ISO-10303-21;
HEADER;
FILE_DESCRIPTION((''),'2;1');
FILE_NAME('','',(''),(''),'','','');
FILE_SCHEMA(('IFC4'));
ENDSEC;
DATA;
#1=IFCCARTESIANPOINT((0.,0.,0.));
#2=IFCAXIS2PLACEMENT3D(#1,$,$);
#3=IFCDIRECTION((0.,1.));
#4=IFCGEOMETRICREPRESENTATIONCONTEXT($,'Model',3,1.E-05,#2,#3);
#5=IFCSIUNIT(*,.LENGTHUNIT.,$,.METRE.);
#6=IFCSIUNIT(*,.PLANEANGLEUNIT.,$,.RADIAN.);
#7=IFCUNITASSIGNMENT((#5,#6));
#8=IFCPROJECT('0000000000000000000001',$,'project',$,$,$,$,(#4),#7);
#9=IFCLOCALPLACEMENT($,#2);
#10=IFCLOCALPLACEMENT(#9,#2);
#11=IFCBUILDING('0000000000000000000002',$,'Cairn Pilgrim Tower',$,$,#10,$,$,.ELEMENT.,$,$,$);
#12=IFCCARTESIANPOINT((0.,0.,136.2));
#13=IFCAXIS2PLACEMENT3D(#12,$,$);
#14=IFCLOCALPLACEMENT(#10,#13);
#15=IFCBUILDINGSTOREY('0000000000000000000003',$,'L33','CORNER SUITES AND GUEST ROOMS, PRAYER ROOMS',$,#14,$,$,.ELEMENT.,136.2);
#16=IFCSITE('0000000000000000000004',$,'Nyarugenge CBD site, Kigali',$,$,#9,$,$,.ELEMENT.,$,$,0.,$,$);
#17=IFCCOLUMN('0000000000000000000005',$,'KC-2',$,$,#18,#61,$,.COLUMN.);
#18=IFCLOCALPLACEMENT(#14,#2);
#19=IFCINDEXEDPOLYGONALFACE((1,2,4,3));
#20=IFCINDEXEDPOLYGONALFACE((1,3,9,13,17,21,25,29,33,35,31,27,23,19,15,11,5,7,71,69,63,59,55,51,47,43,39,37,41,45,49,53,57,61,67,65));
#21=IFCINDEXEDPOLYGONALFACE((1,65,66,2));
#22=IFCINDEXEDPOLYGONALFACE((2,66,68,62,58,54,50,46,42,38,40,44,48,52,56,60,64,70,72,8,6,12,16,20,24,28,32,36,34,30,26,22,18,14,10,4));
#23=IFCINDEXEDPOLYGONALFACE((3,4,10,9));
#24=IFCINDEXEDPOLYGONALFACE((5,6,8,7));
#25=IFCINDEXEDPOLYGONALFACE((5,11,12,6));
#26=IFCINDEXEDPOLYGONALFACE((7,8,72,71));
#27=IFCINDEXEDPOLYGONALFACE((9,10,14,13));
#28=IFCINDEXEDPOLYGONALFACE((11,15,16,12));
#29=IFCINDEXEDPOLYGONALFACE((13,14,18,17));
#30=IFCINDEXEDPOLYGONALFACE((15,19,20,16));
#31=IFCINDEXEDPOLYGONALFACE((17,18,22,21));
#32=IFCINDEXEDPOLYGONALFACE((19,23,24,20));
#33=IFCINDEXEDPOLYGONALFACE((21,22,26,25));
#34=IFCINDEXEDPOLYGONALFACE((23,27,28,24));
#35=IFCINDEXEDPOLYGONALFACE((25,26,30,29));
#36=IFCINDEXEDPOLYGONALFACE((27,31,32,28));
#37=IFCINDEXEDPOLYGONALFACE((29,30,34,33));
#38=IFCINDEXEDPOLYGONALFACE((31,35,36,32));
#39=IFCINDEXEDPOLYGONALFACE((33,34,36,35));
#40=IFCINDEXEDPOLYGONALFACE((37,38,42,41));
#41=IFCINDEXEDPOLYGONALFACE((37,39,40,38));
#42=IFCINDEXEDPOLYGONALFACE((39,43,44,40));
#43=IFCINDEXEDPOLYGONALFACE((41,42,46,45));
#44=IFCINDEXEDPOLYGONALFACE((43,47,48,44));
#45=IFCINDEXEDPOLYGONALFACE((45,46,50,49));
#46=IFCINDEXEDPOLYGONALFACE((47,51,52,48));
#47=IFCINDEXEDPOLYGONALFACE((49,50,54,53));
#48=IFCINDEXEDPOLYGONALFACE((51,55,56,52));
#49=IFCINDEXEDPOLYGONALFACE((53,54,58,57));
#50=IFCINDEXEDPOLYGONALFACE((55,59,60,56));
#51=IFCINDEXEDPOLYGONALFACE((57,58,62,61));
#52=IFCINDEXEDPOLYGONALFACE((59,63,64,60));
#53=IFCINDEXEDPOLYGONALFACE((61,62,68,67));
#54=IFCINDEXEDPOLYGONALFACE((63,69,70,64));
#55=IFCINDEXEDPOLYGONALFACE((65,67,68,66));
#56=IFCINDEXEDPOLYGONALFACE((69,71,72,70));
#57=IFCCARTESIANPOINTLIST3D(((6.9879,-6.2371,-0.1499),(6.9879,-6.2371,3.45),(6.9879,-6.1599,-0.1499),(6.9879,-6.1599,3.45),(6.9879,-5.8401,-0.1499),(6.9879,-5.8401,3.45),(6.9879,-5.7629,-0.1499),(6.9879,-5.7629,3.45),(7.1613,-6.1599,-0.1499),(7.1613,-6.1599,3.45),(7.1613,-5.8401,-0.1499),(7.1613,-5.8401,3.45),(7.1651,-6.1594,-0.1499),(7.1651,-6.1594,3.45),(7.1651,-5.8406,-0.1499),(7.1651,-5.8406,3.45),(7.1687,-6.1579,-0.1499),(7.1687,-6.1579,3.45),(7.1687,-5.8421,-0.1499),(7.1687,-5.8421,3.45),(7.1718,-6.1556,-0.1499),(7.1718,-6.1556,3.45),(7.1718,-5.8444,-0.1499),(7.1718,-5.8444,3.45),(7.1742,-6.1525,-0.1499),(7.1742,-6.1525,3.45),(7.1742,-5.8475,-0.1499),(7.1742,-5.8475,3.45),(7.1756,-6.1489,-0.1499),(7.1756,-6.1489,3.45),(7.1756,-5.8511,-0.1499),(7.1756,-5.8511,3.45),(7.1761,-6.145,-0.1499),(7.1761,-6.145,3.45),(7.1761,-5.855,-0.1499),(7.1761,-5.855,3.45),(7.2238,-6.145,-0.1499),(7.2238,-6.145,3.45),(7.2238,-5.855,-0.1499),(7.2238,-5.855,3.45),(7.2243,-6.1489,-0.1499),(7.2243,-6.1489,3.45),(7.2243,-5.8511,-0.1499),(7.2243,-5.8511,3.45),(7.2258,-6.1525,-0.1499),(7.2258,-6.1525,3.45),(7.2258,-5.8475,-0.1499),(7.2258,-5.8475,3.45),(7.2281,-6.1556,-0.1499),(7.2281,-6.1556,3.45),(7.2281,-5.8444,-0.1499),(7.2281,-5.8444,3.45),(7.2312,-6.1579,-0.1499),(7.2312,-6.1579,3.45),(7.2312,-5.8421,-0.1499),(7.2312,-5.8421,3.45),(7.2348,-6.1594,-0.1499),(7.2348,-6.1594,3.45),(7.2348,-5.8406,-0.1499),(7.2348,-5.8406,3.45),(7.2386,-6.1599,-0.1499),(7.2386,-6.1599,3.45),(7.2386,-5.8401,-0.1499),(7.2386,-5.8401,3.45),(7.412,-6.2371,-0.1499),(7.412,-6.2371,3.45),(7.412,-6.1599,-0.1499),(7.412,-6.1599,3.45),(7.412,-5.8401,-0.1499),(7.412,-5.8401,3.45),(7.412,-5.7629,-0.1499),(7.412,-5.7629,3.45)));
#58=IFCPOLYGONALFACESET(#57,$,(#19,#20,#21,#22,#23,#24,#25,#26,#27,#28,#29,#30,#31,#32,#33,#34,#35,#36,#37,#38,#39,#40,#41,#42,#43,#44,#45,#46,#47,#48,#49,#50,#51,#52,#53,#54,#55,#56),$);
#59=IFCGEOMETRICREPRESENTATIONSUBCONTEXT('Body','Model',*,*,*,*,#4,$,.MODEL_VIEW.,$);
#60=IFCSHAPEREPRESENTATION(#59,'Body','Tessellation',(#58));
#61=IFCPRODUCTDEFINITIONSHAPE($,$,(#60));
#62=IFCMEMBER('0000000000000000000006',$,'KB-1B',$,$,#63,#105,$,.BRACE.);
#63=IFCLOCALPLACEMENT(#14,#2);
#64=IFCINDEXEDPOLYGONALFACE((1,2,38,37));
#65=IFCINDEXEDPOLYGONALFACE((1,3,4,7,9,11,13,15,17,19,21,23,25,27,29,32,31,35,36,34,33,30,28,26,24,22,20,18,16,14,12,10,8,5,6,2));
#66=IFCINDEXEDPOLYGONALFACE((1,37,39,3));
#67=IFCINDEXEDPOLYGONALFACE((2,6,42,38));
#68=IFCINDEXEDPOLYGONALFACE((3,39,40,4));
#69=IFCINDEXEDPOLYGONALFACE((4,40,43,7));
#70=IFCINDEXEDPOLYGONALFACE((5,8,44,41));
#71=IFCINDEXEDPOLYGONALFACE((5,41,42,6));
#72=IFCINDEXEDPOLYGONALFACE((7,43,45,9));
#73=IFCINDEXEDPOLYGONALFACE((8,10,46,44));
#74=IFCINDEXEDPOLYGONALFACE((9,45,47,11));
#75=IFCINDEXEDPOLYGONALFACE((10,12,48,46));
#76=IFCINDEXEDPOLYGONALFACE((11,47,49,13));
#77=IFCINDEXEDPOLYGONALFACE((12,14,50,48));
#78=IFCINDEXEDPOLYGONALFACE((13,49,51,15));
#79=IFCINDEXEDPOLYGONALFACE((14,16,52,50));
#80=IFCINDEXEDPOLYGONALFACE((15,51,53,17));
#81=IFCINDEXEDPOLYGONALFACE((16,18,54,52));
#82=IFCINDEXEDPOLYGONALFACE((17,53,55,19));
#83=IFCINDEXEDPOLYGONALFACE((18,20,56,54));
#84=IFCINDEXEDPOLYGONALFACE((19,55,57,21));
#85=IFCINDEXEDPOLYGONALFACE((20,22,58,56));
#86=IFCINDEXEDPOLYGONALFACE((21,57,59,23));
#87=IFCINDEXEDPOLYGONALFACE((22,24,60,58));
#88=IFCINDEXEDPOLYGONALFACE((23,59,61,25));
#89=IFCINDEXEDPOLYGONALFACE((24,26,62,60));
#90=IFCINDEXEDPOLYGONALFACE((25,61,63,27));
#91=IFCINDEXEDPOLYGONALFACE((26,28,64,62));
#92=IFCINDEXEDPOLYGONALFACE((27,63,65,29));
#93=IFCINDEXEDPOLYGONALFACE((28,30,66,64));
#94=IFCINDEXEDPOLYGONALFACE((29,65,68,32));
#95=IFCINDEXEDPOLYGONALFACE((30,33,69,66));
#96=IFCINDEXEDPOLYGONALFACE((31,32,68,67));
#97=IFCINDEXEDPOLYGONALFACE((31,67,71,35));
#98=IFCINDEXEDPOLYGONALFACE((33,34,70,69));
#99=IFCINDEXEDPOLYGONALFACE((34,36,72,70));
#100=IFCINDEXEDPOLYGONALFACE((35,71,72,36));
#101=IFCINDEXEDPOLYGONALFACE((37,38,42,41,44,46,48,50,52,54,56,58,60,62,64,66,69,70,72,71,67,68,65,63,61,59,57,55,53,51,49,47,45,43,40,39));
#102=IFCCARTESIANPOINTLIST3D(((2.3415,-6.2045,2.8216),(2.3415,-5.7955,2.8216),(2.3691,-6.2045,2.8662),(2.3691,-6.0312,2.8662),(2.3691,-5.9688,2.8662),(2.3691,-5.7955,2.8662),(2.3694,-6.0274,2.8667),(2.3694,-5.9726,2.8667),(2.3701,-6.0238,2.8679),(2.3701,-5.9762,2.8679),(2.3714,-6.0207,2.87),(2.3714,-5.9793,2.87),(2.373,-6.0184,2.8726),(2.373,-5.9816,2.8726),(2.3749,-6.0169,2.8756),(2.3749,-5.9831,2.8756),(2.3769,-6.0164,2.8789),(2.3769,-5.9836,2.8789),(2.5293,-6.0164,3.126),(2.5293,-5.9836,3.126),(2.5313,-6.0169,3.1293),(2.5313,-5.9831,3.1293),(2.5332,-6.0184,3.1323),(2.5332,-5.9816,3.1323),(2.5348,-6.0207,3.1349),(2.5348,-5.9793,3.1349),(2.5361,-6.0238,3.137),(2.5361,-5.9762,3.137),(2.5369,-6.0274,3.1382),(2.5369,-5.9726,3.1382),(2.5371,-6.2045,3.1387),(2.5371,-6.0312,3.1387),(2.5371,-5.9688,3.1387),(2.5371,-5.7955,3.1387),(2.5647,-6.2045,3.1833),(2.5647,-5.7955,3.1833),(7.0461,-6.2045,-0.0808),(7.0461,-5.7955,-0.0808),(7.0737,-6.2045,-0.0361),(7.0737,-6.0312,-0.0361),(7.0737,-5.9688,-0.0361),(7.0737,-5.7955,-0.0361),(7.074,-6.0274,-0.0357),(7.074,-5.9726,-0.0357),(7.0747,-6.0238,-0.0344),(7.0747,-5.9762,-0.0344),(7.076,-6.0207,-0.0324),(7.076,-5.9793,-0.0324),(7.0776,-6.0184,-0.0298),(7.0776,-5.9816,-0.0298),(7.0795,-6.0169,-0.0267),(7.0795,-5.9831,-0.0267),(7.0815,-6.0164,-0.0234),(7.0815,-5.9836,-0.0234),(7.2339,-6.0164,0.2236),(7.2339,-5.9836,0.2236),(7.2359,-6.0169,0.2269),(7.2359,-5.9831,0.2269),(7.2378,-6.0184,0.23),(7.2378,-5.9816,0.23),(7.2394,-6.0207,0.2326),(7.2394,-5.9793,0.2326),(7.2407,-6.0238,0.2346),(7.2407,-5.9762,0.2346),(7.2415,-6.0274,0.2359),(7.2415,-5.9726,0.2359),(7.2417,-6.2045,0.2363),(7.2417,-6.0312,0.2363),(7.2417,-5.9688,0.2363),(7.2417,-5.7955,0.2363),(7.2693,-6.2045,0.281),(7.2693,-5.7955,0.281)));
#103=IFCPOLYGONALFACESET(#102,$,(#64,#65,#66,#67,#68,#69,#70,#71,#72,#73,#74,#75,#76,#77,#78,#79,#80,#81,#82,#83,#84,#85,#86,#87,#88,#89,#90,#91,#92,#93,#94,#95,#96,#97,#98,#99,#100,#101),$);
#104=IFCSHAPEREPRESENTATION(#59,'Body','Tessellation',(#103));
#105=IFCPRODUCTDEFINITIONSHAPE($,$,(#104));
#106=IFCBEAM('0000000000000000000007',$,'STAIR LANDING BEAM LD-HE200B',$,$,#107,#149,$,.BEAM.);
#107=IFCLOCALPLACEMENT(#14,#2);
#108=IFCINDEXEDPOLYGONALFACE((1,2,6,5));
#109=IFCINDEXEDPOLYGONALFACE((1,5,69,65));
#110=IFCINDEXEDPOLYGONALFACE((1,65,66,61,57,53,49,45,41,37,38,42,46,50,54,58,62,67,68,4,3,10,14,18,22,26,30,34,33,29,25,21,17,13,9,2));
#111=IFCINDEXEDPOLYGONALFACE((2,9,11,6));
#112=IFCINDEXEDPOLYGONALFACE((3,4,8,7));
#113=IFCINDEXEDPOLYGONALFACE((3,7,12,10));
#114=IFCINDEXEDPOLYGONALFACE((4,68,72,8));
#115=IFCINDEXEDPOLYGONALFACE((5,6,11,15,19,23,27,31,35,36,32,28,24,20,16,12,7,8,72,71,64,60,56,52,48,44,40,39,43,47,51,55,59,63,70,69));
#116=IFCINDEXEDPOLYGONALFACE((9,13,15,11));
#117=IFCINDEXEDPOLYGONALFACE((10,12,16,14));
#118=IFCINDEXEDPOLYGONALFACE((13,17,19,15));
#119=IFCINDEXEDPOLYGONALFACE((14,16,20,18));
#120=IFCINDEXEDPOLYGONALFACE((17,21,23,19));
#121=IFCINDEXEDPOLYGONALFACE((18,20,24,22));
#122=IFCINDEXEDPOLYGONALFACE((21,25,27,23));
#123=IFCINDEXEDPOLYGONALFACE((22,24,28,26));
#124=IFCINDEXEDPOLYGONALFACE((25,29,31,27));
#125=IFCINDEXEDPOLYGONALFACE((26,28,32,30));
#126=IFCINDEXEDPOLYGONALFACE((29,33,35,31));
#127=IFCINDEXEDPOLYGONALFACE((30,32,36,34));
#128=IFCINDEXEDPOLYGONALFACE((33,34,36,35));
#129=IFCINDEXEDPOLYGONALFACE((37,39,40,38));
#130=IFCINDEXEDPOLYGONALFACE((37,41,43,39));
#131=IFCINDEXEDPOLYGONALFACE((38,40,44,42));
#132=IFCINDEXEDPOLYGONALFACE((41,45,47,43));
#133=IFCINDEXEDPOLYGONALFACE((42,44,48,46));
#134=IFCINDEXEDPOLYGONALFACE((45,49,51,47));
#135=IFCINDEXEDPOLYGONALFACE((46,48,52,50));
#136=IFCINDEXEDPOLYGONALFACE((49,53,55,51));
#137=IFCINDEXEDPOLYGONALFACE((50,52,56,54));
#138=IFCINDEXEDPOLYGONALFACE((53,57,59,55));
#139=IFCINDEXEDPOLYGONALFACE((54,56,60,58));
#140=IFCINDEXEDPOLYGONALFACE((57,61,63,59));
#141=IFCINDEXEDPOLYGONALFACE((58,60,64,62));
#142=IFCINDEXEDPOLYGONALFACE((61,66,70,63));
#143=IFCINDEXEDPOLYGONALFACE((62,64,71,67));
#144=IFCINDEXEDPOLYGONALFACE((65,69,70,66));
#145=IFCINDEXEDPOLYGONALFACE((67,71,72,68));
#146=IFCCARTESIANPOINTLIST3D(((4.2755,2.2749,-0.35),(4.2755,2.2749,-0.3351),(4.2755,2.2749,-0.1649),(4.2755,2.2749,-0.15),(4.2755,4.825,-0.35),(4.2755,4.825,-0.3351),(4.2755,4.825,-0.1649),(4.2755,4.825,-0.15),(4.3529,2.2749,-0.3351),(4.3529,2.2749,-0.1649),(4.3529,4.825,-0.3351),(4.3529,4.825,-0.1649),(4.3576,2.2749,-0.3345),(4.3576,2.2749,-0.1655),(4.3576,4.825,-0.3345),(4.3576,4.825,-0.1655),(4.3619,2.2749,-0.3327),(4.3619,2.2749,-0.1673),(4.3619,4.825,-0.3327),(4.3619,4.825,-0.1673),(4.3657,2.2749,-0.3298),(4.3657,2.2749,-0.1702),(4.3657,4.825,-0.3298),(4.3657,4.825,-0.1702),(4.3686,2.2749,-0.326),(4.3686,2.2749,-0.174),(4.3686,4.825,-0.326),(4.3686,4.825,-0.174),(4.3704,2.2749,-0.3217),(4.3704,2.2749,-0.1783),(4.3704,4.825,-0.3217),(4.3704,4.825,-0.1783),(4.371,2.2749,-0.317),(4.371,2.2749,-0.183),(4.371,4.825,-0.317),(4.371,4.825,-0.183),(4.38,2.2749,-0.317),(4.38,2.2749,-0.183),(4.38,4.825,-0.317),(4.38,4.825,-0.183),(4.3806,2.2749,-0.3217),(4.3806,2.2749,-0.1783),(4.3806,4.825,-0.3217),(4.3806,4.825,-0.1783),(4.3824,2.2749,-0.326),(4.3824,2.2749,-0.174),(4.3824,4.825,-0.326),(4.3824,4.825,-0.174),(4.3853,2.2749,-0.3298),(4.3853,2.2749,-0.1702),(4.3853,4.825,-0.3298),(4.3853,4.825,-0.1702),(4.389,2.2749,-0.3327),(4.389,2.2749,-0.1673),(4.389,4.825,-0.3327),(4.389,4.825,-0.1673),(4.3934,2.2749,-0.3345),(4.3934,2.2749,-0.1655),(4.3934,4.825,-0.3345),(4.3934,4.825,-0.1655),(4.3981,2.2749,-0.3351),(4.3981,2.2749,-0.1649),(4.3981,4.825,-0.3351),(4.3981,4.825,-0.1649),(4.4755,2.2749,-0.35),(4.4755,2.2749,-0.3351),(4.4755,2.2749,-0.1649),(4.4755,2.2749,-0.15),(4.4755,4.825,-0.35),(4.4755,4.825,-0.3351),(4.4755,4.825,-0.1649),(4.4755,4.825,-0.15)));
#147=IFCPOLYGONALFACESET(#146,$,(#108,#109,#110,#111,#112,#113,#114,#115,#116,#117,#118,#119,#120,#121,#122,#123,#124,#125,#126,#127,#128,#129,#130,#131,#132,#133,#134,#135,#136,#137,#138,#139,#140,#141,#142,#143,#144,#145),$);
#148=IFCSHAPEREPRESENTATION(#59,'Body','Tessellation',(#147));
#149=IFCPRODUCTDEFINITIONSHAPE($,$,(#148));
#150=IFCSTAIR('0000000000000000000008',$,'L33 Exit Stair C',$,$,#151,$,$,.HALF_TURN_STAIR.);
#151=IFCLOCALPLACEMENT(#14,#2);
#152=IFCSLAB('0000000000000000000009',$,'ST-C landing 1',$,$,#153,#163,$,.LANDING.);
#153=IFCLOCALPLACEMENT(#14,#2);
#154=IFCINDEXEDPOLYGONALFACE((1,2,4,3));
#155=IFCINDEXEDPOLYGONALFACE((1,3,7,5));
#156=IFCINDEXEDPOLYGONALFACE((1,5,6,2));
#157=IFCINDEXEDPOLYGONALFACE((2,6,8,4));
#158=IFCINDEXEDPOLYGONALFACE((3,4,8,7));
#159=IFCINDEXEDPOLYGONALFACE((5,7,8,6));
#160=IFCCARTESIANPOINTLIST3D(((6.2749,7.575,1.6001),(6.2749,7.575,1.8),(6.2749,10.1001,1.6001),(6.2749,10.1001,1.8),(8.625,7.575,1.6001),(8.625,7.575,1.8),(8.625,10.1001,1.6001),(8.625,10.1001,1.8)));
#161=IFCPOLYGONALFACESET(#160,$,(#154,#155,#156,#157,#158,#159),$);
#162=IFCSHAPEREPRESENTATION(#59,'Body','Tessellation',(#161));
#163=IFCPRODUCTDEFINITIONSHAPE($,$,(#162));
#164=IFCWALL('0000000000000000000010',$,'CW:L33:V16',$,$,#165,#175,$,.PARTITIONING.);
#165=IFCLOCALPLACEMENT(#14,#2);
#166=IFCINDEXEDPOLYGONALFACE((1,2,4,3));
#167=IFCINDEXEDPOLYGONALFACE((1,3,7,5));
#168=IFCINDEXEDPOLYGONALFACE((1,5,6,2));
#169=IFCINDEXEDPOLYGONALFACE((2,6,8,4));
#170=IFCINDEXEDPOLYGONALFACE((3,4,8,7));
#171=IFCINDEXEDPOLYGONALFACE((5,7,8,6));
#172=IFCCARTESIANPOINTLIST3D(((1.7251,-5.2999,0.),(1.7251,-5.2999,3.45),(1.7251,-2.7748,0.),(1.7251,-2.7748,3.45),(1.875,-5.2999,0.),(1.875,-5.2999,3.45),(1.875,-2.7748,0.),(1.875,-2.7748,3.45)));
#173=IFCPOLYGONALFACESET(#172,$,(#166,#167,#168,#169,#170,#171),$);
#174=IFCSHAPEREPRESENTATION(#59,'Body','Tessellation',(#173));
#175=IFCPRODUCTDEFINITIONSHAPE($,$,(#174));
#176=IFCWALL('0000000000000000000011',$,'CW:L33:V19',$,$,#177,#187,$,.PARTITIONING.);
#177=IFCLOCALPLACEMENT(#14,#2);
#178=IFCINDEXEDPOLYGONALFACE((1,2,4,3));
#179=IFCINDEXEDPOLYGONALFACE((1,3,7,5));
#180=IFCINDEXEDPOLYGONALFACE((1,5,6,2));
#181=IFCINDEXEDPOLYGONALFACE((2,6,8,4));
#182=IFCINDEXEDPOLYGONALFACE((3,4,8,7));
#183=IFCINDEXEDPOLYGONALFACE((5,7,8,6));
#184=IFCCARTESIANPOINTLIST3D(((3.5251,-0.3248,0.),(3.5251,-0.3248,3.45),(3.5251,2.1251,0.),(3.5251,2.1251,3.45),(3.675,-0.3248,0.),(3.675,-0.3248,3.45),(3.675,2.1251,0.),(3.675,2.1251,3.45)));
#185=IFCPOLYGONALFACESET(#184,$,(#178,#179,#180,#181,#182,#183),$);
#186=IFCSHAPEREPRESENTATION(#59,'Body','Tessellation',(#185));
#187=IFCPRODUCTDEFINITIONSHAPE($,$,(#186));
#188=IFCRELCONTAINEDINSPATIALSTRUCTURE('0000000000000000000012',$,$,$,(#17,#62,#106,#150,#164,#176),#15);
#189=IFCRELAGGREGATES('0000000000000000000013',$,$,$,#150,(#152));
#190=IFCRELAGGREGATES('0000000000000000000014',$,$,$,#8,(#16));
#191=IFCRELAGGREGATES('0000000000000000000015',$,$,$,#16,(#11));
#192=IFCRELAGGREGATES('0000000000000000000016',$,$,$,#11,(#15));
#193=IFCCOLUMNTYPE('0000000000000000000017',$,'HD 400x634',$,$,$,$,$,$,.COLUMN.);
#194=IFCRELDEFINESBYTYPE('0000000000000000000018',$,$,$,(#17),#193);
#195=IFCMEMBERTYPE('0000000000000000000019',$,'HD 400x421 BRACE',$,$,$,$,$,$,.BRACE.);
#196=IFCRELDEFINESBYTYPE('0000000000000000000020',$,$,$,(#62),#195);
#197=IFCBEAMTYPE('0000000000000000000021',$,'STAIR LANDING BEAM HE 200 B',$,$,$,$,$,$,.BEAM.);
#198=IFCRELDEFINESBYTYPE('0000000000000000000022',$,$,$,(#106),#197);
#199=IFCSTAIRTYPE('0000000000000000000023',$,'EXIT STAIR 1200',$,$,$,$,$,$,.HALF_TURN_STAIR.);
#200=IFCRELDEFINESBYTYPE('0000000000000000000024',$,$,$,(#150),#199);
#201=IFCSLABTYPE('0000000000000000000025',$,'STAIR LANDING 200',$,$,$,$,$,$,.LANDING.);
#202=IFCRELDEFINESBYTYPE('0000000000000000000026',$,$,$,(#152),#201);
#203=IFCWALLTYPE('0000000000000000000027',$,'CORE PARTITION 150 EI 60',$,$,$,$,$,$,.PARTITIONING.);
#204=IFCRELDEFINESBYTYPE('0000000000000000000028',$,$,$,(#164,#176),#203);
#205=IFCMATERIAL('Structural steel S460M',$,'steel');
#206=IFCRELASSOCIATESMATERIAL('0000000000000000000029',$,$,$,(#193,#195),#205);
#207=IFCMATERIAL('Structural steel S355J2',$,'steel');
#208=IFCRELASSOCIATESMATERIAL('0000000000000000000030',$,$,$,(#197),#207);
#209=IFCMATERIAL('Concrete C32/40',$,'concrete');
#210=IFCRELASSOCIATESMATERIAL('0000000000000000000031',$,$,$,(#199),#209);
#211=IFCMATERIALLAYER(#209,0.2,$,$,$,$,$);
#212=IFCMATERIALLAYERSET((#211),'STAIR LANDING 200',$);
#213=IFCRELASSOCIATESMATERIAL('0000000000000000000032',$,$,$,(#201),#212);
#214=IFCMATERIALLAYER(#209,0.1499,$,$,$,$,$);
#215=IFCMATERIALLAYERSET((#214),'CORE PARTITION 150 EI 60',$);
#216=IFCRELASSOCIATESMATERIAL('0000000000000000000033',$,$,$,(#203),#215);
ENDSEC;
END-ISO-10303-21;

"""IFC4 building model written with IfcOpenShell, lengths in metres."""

from ifc_helpers import new_model, si_unit, direction, frame, frame_2d, origin, origin_2d, place, context, subcontext, project, spatial, polyline, rectangle, i_section, outline, extrude, material, layer, layer_set, material_profile, profile_set, type_object, element, aggregate, save


model = new_model("IFC4")

# Units and contexts
model_context = context("Model", 3, precision=1e-05, world=origin(), true_north=direction((0.0, 1.0)))
body_context = subcontext(model_context, "Body", "Model", "MODEL_VIEW")
ifc_project = project(units=[si_unit("LENGTHUNIT", "METRE"), si_unit("PLANEANGLEUNIT", "RADIAN")], contexts=[model_context])

# Site, building, storey
site_placement = place(None, origin())
site = spatial("IfcSite", under=ifc_project, at=site_placement, Name="Nyarugenge CBD site, Kigali", CompositionType="ELEMENT", RefElevation=0.0)
building_placement = place(site_placement, origin())
building = spatial("IfcBuilding", under=site, at=building_placement, Name="Cairn Pilgrim Tower", CompositionType="ELEMENT")
storey_placement = place(building_placement, frame((0.0, 0.0, 136.2)))
storey = spatial("IfcBuildingStorey", under=building, at=storey_placement, Name="L33", Description="CORNER SUITES AND GUEST ROOMS, PRAYER ROOMS", CompositionType="ELEMENT", Elevation=136.2)

# Column
ifc_material_1 = material(Name="Structural steel S460M", Category="steel")
ifc_material_profile_1 = material_profile(ifc_material_1, i_section(OverallWidth=0.4241, OverallDepth=0.4741, WebThickness=0.0476, FlangeThickness=0.0771, FilletRadius=0.0149, at=origin_2d()), Name="HD 400x634")
ifc_profile_set_1 = profile_set([ifc_material_profile_1], Name="Structural steel S460M")
column_type = type_object("IfcColumnType", Name="HD 400x634", PredefinedType="COLUMN", material=ifc_profile_set_1)
column_placement = place(storey_placement, frame((7.2, -6.0, -0.1499), z_axis=(0.0, 0.0, 1.0), x_axis=(1.0, 0.0, 0.0)))
element("IfcColumn", 1, at=column_placement, inside=storey, type_object=column_type, Name="KC-2", PredefinedType="COLUMN", context=body_context, shape_type="SweptSolid", body=[
    extrude(i_section(OverallWidth=0.4241, OverallDepth=0.4741, WebThickness=0.0476, FlangeThickness=0.0771, FilletRadius=0.0149, at=origin_2d()), origin(), (0.0, 0.0, 1.0), 3.5999),
])

# Member
ifc_material_profile_2 = material_profile(ifc_material_1, i_section(OverallWidth=0.4089, OverallDepth=0.425, WebThickness=0.0327, FlangeThickness=0.0525, FilletRadius=0.0149, at=origin_2d()), Name="HD 400x421")
ifc_profile_set_2 = profile_set([ifc_material_profile_2], Name="Structural steel S460M")
member_type = type_object("IfcMemberType", Name="HD 400x421 BRACE", PredefinedType="BRACE", material=ifc_profile_set_2)
member_placement = place(storey_placement, frame((7.1577, -6.0, 0.1001), z_axis=(-0.851075, 0.0, 0.525043), x_axis=(0.0, -1.0, 0.0)))
element("IfcMember", 2, at=member_placement, inside=storey, type_object=member_type, Name="KB-1B", PredefinedType="BRACE", context=body_context, shape_type="SweptSolid", body=[
    extrude(i_section(OverallWidth=0.4089, OverallDepth=0.425, WebThickness=0.0327, FlangeThickness=0.0525, FilletRadius=0.0149, at=origin_2d()), origin(), (0.0, 0.0, 1.0), 5.5278),
])

# Beam
ifc_material_2 = material(Name="Structural steel S355J2", Category="steel")
ifc_material_profile_3 = material_profile(ifc_material_2, i_section(OverallWidth=0.2, OverallDepth=0.2, WebThickness=0.009, FlangeThickness=0.0149, FilletRadius=0.0181, at=origin_2d()), Name="HE 200 B")
ifc_profile_set_3 = profile_set([ifc_material_profile_3], Name="Structural steel S355J2")
beam_type = type_object("IfcBeamType", Name="STAIR LANDING BEAM HE 200 B", PredefinedType="BEAM", material=ifc_profile_set_3)
beam_placement = place(storey_placement, frame((4.3755, 2.2749, -0.25), z_axis=(0.0, 1.0, 0.0), x_axis=(-1.0, 0.0, 0.0)))
element("IfcBeam", 3, at=beam_placement, inside=storey, type_object=beam_type, Name="STAIR LANDING BEAM LD-HE200B", PredefinedType="BEAM", context=body_context, shape_type="SweptSolid", body=[
    extrude(i_section(OverallWidth=0.2, OverallDepth=0.2, WebThickness=0.009, FlangeThickness=0.0149, FilletRadius=0.0181, at=origin_2d()), origin(), (0.0, 0.0, 1.0), 2.55),
])

# Stair, slab
ifc_material_3 = material(Name="Concrete C32/40", Category="concrete")
stair_type = type_object("IfcStairType", Name="EXIT STAIR 1200", PredefinedType="HALF_TURN_STAIR", material=ifc_material_3)
stair_1_placement = place(storey_placement, origin())
stair_1 = element("IfcStair", 4, at=stair_1_placement, inside=storey, type_object=stair_type, Name="L33 Exit Stair C", PredefinedType="HALF_TURN_STAIR")
ifc_layer_1 = layer(ifc_material_3, 0.2)
ifc_layer_set_1 = layer_set([ifc_layer_1], Name="STAIR LANDING 200")
slab_type = type_object("IfcSlabType", Name="STAIR LANDING 200", PredefinedType="LANDING", material=ifc_layer_set_1)
slab_placement = place(storey_placement, frame((0.0, 0.0, 1.6001)))
slab = element("IfcSlab", 5, at=slab_placement, type_object=slab_type, Name="ST-C landing 1", PredefinedType="LANDING", context=body_context, shape_type="SweptSolid", body=[
    extrude(outline(polyline([(8.625, 10.1001), (6.2749, 10.1001), (6.2749, 7.575), (8.625, 7.575), (8.625, 10.1001)])), origin(), (0.0, 0.0, 1.0), 0.2),
])
aggregate(stair_1, [slab])

# Walls
ifc_layer_2 = layer(ifc_material_3, 0.1499)
ifc_layer_set_2 = layer_set([ifc_layer_2], Name="CORE PARTITION 150 EI 60")
wall_type_1 = type_object("IfcWallType", Name="CORE PARTITION 150 EI 60", PredefinedType="PARTITIONING", material=ifc_layer_set_2)
wall_1_placement = place(storey_placement, frame((1.8, -5.3, 0.0), z_axis=(0.0, 0.0, 1.0), x_axis=(0.0, 1.0, 0.0)))
element("IfcWall", 6, at=wall_1_placement, inside=storey, type_object=wall_type_1, Name="CW:L33:V16", PredefinedType="PARTITIONING", context=body_context, shape_type="SweptSolid", body=[
    extrude(rectangle(XDim=2.5251, YDim=0.1499, at=frame_2d((1.2627, 0.0))), origin(), (0.0, 0.0, 1.0), 3.45),
])
wall_2_placement = place(storey_placement, frame((3.6001, -0.325, 0.0), z_axis=(0.0, 0.0, 1.0), x_axis=(0.0, 1.0, 0.0)))
element("IfcWall", 7, at=wall_2_placement, inside=storey, type_object=wall_type_1, Name="CW:L33:V19", PredefinedType="PARTITIONING", context=body_context, shape_type="SweptSolid", body=[
    extrude(rectangle(XDim=2.45, YDim=0.1499, at=frame_2d((1.2251, 0.0))), origin(), (0.0, 0.0, 1.0), 3.45),
])

save(model, "model.ifc")
